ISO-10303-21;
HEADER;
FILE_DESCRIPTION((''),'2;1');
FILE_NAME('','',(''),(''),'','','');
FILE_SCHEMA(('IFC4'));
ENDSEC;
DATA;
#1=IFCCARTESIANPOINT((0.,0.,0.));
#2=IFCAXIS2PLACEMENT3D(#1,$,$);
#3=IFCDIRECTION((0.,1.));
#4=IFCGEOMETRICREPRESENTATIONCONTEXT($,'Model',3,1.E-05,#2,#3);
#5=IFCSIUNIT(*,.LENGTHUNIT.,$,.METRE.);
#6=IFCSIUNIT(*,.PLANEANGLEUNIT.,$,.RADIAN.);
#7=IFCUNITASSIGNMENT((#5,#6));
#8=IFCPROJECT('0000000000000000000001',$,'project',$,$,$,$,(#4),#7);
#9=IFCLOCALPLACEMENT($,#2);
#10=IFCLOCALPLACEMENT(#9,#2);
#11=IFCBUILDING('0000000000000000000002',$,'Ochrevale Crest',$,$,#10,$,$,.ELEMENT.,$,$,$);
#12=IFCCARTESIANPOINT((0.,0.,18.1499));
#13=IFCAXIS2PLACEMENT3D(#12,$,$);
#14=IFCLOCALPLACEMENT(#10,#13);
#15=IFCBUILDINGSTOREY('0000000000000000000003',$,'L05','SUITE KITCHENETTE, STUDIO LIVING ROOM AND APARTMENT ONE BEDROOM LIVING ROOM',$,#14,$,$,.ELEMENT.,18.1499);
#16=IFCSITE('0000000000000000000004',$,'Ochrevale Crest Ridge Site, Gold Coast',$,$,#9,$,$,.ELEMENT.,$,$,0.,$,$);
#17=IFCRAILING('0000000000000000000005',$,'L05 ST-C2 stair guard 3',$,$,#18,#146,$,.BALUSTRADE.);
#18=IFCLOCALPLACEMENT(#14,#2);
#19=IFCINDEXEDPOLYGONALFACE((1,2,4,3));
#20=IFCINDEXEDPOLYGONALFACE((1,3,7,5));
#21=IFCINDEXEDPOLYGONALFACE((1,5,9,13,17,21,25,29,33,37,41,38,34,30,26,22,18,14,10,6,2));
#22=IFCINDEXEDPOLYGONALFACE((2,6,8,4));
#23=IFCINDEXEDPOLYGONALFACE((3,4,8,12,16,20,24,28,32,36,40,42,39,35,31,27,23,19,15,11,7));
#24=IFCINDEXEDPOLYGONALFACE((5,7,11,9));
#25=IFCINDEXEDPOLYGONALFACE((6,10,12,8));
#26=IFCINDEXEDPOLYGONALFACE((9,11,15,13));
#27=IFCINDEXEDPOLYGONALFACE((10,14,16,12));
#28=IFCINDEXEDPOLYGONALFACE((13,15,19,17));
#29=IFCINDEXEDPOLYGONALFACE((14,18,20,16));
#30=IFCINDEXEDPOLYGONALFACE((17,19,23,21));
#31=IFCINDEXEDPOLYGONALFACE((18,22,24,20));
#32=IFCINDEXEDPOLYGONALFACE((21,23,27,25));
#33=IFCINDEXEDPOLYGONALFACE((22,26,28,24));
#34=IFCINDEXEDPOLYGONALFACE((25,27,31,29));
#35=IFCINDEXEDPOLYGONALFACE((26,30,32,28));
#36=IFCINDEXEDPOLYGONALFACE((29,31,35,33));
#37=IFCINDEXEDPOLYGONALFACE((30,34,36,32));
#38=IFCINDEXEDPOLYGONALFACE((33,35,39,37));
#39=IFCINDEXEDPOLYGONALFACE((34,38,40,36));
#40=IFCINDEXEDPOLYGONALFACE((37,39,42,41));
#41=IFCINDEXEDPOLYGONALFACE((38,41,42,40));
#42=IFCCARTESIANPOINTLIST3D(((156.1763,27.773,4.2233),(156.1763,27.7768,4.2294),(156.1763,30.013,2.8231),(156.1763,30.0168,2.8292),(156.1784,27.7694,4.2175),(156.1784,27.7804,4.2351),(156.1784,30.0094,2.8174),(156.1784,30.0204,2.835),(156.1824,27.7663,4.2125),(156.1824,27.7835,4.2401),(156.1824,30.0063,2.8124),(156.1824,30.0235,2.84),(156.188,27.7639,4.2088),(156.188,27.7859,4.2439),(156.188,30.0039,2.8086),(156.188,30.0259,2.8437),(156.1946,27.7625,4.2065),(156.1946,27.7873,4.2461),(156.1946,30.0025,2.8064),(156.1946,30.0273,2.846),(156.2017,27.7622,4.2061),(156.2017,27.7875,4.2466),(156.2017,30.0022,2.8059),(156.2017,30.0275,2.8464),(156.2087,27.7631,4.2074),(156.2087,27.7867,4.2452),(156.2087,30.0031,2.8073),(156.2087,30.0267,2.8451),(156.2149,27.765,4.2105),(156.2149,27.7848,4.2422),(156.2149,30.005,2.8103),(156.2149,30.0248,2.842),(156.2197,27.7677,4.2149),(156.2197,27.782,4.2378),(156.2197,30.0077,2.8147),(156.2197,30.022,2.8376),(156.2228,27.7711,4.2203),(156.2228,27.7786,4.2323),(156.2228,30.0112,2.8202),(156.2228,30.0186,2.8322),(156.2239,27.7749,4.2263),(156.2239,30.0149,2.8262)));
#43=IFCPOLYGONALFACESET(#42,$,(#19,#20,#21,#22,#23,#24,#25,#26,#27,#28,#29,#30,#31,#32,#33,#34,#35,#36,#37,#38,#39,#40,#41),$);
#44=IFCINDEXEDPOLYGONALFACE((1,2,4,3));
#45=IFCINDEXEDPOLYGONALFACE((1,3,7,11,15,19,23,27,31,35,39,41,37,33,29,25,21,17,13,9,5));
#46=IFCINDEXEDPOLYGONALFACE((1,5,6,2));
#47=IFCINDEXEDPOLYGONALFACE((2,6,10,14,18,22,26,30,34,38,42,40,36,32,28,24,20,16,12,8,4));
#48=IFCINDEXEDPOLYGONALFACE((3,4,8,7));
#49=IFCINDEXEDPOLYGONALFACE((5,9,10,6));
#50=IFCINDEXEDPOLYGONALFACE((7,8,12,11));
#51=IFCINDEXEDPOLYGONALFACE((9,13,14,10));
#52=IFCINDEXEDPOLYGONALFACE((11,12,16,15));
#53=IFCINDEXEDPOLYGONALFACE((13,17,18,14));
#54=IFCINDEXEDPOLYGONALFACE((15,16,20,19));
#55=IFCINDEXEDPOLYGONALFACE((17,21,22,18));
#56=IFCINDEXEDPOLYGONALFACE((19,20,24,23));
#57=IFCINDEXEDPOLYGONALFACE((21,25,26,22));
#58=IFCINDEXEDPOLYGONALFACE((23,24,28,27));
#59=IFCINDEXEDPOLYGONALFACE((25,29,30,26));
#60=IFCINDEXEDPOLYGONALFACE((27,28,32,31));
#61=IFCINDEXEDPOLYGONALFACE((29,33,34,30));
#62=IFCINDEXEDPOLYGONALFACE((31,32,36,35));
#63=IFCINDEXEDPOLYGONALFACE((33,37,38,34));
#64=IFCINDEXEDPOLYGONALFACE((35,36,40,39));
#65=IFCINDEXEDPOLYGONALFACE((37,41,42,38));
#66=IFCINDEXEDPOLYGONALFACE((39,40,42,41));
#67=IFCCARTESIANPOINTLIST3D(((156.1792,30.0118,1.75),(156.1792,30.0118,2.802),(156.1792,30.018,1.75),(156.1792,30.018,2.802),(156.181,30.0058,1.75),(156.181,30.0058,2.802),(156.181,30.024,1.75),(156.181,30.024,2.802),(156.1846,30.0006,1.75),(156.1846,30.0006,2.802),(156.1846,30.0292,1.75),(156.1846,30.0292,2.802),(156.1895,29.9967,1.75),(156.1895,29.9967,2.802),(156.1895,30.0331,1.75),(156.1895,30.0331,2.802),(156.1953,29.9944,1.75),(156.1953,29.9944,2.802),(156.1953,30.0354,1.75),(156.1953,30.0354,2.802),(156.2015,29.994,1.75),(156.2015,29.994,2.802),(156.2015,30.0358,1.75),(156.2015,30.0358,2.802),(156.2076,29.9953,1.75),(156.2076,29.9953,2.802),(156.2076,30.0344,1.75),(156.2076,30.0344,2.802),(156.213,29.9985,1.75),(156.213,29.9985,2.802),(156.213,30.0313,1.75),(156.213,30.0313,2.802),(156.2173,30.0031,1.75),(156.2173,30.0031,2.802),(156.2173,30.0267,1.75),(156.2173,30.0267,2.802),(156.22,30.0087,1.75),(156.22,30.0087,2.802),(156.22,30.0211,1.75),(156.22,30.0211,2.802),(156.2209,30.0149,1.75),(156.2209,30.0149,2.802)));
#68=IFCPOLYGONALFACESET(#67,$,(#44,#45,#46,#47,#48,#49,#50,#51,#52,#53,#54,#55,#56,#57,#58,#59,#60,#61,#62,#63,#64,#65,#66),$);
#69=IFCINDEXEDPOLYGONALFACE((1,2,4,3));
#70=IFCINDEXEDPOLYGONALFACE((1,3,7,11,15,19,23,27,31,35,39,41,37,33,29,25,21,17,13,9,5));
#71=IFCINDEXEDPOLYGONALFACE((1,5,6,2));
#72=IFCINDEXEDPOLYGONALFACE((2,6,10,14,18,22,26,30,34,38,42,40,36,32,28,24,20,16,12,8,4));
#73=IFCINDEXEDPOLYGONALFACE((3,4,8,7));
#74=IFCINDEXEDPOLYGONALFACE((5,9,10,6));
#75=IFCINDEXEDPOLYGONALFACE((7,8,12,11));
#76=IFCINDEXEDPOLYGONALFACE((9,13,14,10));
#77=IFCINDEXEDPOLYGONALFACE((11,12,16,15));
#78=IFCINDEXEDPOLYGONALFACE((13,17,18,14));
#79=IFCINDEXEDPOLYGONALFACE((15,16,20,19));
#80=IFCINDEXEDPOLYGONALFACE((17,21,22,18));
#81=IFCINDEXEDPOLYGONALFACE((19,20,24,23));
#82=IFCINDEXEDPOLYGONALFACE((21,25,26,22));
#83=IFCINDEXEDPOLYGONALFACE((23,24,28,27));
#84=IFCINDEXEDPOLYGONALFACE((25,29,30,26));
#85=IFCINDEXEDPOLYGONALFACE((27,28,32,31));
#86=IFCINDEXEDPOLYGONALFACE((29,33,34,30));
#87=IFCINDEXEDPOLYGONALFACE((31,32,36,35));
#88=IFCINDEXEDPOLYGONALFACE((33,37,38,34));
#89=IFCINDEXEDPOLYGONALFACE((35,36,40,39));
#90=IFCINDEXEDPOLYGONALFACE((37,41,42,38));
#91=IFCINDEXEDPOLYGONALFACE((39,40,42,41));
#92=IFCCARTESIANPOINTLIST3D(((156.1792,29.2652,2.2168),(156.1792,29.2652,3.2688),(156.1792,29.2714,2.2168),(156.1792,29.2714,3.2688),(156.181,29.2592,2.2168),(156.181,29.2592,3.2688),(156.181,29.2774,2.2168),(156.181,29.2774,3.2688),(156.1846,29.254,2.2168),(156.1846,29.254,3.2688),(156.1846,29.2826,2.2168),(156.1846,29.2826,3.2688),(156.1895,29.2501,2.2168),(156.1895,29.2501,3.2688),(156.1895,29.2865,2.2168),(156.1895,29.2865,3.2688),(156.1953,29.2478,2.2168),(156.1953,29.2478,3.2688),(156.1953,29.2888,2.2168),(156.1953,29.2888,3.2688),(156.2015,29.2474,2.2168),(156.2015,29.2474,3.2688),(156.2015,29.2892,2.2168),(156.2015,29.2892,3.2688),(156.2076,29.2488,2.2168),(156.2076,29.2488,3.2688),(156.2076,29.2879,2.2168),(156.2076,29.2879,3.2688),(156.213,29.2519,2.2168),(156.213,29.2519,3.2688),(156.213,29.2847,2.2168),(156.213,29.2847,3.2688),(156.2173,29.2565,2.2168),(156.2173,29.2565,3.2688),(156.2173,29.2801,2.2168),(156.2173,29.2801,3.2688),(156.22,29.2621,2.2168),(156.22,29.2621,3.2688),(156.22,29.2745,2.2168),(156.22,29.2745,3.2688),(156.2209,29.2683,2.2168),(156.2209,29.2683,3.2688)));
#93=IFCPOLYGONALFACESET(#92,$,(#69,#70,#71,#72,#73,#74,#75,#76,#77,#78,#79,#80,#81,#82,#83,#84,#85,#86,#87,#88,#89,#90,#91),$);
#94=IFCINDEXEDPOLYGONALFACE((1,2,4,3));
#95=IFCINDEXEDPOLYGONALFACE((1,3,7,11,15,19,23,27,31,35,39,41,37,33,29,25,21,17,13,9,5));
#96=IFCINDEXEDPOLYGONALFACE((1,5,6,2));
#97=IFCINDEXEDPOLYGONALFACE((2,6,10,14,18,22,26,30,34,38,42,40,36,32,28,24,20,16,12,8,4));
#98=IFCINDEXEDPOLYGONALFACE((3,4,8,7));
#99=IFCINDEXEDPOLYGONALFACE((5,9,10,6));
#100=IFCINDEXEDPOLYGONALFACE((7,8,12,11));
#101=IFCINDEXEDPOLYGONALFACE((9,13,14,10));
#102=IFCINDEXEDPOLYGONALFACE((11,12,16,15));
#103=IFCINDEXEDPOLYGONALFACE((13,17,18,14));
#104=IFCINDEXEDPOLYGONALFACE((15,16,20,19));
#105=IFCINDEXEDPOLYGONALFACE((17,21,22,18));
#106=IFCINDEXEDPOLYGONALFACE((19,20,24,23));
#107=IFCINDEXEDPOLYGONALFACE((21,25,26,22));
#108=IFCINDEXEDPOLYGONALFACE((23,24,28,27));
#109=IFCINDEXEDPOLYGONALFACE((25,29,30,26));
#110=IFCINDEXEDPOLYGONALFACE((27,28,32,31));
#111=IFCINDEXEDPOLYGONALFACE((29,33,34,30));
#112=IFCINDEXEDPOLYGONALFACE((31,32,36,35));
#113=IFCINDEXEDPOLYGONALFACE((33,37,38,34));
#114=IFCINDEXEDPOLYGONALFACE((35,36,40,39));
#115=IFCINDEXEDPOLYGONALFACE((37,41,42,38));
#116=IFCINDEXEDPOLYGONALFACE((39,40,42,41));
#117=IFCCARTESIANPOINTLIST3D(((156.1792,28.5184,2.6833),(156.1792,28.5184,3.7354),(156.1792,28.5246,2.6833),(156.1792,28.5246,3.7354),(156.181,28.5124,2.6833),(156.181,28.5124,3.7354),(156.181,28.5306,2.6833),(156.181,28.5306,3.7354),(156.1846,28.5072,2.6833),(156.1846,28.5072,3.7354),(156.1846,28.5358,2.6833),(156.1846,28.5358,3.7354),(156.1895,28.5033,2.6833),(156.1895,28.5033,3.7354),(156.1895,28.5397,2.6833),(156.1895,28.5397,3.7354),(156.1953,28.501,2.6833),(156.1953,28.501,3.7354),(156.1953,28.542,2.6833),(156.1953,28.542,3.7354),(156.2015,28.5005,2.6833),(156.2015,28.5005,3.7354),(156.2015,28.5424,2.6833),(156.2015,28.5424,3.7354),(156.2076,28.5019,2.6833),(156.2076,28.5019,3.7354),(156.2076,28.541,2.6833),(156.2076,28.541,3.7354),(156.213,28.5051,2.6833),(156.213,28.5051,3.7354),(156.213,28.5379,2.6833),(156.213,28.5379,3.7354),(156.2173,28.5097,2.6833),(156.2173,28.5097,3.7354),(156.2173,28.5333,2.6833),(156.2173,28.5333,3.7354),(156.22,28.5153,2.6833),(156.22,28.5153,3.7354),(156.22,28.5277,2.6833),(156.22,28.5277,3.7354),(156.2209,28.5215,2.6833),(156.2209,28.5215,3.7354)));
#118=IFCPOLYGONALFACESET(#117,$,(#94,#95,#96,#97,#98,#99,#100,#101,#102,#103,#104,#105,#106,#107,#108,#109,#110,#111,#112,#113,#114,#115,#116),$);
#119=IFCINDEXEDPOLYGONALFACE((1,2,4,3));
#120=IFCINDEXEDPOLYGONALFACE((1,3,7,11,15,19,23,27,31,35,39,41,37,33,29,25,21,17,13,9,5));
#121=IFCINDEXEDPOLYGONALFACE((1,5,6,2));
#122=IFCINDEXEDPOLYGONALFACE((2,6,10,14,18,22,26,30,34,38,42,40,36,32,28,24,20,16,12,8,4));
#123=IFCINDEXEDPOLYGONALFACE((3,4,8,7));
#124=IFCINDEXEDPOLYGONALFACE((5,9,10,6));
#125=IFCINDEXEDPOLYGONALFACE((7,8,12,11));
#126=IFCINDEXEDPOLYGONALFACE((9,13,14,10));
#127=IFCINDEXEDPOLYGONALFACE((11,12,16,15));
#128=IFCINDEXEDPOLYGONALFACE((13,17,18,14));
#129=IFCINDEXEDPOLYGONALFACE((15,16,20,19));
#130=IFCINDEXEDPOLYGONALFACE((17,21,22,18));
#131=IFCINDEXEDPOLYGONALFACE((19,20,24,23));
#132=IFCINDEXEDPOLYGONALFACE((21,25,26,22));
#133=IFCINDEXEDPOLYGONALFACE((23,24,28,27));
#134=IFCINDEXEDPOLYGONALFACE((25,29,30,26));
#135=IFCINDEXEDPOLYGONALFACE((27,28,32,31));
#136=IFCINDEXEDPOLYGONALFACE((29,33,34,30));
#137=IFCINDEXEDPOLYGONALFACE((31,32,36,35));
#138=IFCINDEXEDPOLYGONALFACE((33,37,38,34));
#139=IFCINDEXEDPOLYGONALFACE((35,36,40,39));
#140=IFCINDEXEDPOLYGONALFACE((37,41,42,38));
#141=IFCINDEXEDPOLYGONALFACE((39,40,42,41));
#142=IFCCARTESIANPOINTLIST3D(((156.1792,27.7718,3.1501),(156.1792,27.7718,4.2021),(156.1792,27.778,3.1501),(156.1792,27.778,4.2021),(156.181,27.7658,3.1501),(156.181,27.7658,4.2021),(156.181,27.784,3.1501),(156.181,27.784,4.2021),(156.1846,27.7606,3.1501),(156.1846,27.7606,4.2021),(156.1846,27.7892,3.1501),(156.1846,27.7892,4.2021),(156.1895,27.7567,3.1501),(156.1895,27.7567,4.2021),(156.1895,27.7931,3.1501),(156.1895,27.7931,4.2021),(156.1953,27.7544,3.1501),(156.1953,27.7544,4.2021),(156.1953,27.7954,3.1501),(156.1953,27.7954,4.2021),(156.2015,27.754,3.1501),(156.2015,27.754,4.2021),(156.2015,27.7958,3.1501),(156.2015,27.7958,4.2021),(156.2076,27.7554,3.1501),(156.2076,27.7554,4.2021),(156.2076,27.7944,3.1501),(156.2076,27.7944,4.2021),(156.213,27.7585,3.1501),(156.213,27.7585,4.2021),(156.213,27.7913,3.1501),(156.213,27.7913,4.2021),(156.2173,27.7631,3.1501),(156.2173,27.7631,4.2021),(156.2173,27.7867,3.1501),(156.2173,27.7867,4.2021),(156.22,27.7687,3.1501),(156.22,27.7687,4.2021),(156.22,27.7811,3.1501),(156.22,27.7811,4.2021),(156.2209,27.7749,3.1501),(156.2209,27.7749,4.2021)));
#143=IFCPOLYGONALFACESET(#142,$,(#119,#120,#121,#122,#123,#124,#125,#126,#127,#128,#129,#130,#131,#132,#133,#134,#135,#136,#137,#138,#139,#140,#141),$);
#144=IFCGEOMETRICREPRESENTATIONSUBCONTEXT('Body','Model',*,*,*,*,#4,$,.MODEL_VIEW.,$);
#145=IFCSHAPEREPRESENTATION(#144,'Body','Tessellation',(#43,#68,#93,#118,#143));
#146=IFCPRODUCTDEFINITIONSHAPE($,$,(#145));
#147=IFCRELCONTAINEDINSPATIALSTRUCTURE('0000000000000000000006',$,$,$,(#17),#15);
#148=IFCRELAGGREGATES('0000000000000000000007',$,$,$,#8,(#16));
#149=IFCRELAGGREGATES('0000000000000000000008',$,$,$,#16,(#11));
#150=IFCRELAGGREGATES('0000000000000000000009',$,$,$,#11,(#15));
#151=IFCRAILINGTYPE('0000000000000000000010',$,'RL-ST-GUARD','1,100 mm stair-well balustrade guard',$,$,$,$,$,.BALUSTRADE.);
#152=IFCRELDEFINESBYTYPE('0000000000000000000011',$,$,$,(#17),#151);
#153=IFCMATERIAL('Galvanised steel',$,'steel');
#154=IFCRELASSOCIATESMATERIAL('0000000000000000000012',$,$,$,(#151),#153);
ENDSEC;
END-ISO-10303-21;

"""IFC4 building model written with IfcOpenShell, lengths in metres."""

from ifc_helpers import new_model, si_unit, direction, frame, origin, origin_2d, place, context, subcontext, project, spatial, circle, extrude, material, type_object, element, save


model = new_model("IFC4")

# Units and contexts
model_context = context("Model", 3, precision=1e-05, world=origin(), true_north=direction((0.0, 1.0)))
body_context = subcontext(model_context, "Body", "Model", "MODEL_VIEW")
ifc_project = project(units=[si_unit("LENGTHUNIT", "METRE"), si_unit("PLANEANGLEUNIT", "RADIAN")], contexts=[model_context])

# Site, building, storey
site_placement = place(None, origin())
site = spatial("IfcSite", under=ifc_project, at=site_placement, Name="Ochrevale Crest Ridge Site, Gold Coast", CompositionType="ELEMENT", RefElevation=0.0)
building_placement = place(site_placement, origin())
building = spatial("IfcBuilding", under=site, at=building_placement, Name="Ochrevale Crest", CompositionType="ELEMENT")
storey_placement = place(building_placement, frame((0.0, 0.0, 18.1499)))
storey = spatial("IfcBuildingStorey", under=building, at=storey_placement, Name="L05", Description="SUITE KITCHENETTE, STUDIO LIVING ROOM AND APARTMENT ONE BEDROOM LIVING ROOM", CompositionType="ELEMENT", Elevation=18.1499)

# Railing
ifc_material_1 = material(Name="Galvanised steel", Category="steel")
railing_type_1 = type_object("IfcRailingType", Name="RL-ST-GUARD", Description="1,100 mm stair-well balustrade guard", PredefinedType="BALUSTRADE", material=ifc_material_1)
railing_1_placement = place(storey_placement, frame((156.2, 30.0149, 1.75)))
element("IfcRailing", 1, at=railing_1_placement, inside=storey, type_object=railing_type_1, Name="L05 ST-C2 stair guard 3", PredefinedType="BALUSTRADE", context=body_context, shape_type="SweptSolid", body=[
    extrude(circle(Radius=0.0239, at=origin_2d()), frame((0.0, 0.0, 1.0762), z_axis=(0.0, -0.847972, 0.53004), x_axis=(1.0, 0.0, 0.0)), (0.0, 0.0, 1.0), 2.6416),
    extrude(circle(Radius=0.021, at=origin_2d()), origin(), (0.0, 0.0, 1.0), 1.052),
    extrude(circle(Radius=0.021, at=origin_2d()), frame((0.0, -0.7466, 0.4668)), (0.0, 0.0, 1.0), 1.052),
    extrude(circle(Radius=0.021, at=origin_2d()), frame((0.0, -1.4934, 0.9333)), (0.0, 0.0, 1.0), 1.052),
    extrude(circle(Radius=0.021, at=origin_2d()), frame((0.0, -2.24, 1.4001)), (0.0, 0.0, 1.0), 1.052),
])

save(model, "model.ifc")
